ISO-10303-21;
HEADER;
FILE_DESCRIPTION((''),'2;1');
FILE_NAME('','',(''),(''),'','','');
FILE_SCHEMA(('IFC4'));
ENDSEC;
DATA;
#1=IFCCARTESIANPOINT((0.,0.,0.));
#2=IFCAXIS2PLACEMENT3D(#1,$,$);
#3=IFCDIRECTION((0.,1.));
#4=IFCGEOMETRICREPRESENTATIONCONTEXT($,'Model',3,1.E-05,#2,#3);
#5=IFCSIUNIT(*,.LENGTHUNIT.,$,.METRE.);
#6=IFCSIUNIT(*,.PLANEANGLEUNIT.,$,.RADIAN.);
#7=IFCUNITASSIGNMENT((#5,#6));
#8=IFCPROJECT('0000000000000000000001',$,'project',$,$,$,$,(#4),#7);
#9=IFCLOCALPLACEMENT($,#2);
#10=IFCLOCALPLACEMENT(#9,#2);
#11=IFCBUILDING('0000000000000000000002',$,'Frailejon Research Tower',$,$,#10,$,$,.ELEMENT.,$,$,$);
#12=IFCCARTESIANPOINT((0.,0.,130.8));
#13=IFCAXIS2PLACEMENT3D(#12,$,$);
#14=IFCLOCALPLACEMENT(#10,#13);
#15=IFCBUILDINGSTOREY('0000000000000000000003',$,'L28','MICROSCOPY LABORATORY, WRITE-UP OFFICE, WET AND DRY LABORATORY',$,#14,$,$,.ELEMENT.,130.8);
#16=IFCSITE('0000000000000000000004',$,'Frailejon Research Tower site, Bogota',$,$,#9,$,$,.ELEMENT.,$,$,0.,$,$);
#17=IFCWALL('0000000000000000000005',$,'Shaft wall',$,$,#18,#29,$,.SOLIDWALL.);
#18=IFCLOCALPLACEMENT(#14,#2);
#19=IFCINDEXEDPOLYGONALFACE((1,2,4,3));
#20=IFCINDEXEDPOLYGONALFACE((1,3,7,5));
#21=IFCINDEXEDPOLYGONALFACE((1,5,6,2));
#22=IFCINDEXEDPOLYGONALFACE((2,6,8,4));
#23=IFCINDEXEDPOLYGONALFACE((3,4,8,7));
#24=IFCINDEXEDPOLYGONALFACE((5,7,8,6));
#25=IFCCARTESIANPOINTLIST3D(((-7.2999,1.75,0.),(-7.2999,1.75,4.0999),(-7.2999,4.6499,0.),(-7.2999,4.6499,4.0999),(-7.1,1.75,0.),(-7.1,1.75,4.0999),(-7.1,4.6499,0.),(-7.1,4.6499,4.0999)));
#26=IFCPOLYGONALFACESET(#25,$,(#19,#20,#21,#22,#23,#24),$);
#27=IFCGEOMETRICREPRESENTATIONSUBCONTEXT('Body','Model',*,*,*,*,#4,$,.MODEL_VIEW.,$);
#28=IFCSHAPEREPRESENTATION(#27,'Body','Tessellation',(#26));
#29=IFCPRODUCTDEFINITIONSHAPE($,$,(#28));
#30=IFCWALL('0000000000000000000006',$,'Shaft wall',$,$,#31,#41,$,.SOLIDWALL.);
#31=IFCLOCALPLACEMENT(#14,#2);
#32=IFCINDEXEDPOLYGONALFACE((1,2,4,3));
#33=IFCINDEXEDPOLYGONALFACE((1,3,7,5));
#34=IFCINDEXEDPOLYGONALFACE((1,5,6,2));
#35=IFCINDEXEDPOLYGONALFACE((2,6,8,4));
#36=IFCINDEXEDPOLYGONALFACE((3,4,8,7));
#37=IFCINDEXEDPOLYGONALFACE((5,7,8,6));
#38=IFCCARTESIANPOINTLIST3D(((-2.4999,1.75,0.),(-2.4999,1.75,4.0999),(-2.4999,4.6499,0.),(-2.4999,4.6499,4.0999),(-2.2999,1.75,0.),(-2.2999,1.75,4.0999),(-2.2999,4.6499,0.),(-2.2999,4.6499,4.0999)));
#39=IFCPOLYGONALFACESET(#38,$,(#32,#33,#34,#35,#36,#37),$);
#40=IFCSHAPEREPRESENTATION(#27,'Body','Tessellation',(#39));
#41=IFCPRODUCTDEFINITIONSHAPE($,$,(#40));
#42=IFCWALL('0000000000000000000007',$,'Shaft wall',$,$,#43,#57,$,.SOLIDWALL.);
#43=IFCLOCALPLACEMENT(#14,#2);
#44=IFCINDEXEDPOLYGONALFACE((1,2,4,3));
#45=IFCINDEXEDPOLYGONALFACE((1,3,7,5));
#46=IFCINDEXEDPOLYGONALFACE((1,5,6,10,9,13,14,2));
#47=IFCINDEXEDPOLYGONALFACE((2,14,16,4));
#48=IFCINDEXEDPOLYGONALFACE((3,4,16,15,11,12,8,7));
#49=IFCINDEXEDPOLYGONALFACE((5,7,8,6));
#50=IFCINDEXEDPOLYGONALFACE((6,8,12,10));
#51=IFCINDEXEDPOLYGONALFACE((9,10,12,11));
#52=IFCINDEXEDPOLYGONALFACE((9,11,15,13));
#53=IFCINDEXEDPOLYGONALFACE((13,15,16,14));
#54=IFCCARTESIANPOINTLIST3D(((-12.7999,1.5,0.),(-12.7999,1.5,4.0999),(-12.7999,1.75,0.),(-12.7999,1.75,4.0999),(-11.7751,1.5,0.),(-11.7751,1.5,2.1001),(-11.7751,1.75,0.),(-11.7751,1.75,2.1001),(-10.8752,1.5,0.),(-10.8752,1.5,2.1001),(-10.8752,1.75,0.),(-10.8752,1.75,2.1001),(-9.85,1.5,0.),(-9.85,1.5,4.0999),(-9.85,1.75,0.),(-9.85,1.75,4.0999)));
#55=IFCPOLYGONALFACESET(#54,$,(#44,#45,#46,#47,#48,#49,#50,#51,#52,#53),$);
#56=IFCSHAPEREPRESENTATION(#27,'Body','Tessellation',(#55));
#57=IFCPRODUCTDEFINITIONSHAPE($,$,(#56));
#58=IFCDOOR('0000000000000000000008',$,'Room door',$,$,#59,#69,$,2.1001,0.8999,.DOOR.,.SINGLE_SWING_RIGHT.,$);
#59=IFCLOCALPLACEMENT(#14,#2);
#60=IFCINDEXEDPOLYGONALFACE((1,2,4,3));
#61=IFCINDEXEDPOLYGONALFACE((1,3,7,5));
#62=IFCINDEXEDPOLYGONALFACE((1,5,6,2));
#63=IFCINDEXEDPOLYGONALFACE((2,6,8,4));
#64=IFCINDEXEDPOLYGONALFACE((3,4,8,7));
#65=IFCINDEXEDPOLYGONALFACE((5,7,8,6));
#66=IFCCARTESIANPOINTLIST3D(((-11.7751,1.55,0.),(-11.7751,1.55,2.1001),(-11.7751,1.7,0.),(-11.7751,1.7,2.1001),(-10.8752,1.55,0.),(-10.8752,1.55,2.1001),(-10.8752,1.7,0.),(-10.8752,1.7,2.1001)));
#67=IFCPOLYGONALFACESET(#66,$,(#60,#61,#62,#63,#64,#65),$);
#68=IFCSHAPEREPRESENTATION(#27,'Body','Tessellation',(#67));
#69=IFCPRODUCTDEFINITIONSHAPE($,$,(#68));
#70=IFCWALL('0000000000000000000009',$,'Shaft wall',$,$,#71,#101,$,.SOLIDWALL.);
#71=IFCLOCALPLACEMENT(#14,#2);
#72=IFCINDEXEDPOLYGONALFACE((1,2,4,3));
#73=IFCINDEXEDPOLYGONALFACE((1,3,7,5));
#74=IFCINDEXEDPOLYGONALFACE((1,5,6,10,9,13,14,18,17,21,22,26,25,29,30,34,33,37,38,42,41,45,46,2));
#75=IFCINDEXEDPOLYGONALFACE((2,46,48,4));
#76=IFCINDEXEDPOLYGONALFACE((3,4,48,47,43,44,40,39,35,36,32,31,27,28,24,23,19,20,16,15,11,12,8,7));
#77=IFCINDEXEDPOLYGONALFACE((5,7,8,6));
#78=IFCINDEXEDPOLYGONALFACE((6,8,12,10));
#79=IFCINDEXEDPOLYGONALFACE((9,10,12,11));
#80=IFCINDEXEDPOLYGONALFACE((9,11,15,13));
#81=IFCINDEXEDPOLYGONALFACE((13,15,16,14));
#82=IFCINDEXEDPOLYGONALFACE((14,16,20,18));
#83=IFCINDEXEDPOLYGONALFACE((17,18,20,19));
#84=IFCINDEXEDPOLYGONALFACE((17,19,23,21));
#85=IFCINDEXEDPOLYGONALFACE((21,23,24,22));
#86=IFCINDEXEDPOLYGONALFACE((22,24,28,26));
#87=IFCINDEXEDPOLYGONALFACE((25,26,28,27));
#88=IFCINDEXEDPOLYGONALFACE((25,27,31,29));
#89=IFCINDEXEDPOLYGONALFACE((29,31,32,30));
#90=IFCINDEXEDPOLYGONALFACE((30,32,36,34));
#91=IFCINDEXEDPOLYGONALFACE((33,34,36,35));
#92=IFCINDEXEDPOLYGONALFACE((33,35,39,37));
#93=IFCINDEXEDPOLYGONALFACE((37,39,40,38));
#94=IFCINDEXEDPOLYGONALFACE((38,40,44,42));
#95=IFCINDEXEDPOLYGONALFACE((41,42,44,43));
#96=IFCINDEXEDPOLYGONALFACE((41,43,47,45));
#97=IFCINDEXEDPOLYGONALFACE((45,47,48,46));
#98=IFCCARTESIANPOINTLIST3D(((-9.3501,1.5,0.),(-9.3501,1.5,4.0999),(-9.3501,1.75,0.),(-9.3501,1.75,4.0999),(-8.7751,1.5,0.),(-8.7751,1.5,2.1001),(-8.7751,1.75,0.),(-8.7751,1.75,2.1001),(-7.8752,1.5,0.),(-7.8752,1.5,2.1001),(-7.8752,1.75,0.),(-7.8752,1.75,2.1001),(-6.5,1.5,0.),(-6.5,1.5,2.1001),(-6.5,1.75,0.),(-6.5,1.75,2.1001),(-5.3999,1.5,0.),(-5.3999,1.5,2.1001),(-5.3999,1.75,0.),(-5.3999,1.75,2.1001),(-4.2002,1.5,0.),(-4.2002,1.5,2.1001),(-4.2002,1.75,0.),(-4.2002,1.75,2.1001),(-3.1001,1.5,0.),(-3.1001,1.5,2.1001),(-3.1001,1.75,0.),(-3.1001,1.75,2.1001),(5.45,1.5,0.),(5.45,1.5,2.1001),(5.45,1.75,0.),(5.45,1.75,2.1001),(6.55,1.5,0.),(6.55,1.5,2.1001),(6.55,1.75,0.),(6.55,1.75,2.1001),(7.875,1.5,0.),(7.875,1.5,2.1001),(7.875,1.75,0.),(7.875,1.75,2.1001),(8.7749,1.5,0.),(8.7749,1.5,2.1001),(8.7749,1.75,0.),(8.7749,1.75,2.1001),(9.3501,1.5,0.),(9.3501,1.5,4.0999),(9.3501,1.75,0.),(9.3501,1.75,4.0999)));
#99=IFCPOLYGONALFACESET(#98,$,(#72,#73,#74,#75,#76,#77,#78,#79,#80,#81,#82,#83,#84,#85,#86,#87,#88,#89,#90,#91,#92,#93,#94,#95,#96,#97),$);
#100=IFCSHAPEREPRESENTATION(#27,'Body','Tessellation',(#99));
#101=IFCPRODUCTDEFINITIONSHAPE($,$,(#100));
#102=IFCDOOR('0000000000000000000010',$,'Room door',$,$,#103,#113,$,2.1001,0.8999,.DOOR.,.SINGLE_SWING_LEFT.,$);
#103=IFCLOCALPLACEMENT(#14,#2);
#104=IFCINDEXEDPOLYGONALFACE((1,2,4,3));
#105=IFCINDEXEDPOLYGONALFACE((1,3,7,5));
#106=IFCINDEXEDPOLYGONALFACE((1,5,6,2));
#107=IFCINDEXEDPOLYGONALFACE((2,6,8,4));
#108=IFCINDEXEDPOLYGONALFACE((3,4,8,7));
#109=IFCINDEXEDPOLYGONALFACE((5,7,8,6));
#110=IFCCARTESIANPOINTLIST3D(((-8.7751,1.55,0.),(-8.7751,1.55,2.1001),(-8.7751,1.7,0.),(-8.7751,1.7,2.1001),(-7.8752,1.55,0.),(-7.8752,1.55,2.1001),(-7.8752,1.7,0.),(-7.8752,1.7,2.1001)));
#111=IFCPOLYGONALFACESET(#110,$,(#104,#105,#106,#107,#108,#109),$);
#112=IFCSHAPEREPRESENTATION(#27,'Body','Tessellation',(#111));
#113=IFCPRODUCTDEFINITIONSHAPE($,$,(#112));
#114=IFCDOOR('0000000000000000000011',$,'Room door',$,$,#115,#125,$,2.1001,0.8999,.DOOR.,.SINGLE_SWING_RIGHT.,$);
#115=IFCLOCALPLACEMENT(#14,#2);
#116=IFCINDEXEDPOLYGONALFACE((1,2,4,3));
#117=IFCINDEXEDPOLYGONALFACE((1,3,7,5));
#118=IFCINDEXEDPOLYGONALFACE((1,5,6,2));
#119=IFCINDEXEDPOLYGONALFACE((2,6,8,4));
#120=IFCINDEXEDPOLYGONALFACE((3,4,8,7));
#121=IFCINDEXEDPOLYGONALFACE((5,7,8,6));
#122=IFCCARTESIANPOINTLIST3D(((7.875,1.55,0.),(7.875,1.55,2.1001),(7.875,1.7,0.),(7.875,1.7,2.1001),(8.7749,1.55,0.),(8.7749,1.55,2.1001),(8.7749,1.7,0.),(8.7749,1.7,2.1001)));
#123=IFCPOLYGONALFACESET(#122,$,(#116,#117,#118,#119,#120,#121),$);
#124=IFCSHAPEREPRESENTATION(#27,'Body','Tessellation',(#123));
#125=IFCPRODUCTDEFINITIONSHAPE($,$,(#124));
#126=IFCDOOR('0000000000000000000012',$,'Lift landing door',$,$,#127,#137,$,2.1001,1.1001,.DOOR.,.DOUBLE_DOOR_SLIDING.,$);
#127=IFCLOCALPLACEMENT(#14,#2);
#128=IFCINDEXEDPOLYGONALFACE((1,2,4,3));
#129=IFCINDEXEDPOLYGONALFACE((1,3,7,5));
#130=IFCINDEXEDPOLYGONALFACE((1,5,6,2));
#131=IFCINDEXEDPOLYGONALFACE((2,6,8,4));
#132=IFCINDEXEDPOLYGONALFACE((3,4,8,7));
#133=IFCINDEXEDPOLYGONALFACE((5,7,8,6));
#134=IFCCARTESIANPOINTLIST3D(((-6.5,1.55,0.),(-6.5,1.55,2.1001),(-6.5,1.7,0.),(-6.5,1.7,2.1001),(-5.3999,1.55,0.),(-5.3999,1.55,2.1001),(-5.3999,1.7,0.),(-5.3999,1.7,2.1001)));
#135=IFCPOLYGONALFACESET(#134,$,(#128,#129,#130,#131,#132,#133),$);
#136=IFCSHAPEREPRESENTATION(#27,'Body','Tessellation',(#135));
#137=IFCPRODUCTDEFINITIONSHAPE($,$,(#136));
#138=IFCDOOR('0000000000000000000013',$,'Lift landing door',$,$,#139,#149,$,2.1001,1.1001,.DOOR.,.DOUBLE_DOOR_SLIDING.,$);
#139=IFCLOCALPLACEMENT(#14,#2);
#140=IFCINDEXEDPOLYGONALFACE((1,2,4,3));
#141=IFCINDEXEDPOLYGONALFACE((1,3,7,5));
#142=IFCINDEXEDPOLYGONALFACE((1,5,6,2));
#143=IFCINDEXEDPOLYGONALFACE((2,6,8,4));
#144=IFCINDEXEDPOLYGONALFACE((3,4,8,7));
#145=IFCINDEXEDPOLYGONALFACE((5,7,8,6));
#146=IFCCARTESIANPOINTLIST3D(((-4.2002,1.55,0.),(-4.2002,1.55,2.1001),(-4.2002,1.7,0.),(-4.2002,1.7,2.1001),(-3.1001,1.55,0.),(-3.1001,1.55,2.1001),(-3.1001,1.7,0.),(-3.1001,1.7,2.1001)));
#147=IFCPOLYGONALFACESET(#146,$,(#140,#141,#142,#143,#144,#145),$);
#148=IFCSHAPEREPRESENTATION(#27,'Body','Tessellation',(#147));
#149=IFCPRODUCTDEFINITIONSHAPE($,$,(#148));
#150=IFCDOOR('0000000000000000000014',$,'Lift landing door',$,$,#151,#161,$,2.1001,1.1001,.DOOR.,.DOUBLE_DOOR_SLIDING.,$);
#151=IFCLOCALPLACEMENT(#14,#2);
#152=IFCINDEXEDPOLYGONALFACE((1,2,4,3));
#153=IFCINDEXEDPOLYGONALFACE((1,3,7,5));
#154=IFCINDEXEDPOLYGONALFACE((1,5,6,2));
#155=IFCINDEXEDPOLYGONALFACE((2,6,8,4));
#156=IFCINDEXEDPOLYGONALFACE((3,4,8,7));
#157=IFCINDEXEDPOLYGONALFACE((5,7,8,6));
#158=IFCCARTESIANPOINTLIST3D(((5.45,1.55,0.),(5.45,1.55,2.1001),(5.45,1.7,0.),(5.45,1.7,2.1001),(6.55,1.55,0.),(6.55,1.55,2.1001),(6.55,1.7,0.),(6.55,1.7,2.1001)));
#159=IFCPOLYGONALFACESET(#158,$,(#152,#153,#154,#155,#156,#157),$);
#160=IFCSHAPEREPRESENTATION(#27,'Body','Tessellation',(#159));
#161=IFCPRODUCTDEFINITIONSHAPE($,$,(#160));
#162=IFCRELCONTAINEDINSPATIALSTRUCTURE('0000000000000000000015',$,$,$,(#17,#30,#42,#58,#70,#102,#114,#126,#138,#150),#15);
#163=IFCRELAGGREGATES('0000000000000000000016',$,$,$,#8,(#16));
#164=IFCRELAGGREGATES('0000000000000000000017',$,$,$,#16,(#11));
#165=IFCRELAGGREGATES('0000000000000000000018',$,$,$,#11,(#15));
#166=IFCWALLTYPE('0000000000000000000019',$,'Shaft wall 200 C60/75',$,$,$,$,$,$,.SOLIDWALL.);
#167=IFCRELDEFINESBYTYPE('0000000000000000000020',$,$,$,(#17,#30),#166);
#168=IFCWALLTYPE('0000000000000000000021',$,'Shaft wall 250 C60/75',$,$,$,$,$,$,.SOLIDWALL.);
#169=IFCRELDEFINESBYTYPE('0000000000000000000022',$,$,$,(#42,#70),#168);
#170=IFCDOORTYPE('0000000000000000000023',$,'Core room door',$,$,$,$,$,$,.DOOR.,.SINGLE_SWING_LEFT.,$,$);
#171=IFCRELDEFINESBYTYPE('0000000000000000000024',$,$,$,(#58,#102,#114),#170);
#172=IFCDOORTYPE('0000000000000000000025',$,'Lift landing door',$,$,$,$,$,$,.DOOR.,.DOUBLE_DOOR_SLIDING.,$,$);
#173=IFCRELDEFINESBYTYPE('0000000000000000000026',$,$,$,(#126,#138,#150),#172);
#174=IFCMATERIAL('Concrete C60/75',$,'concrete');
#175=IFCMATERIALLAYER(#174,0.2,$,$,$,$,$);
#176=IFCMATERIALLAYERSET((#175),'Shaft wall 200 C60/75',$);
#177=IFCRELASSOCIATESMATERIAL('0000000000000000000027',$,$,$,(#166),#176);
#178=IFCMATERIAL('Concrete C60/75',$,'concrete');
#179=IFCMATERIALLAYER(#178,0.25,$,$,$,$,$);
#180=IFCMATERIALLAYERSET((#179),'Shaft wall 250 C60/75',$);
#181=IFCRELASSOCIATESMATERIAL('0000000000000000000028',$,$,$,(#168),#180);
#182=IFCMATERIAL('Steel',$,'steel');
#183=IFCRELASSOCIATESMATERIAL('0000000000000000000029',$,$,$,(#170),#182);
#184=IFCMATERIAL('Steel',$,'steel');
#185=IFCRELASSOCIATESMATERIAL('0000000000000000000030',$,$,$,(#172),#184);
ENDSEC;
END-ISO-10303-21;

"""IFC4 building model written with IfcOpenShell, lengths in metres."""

from ifc_helpers import new_model, si_unit, direction, frame, frame_2d, origin, place, context, subcontext, project, spatial, rectangle, extrude, material, layer, layer_set, type_object, element, fill, save


model = new_model("IFC4")

# Units and contexts
model_context = context("Model", 3, precision=1e-05, world=origin(), true_north=direction((0.0, 1.0)))
body_context = subcontext(model_context, "Body", "Model", "MODEL_VIEW")
ifc_project = project(units=[si_unit("LENGTHUNIT", "METRE"), si_unit("PLANEANGLEUNIT", "RADIAN")], contexts=[model_context])

# Site, building, storey
site_placement = place(None, origin())
site = spatial("IfcSite", under=ifc_project, at=site_placement, Name="Frailejon Research Tower site, Bogota", CompositionType="ELEMENT", RefElevation=0.0)
building_placement = place(site_placement, origin())
building = spatial("IfcBuilding", under=site, at=building_placement, Name="Frailejon Research Tower", CompositionType="ELEMENT")
storey_placement = place(building_placement, frame((0.0, 0.0, 130.8)))
storey = spatial("IfcBuildingStorey", under=building, at=storey_placement, Name="L28", Description="MICROSCOPY LABORATORY, WRITE-UP OFFICE, WET AND DRY LABORATORY", CompositionType="ELEMENT", Elevation=130.8)

# Walls
ifc_material_1 = material(Name="Concrete C60/75", Category="concrete")
ifc_layer_1 = layer(ifc_material_1, 0.2)
ifc_layer_set_1 = layer_set([ifc_layer_1], Name="Shaft wall 200 C60/75")
wall_type_1 = type_object("IfcWallType", Name="Shaft wall 200 C60/75", PredefinedType="SOLIDWALL", material=ifc_layer_set_1)
for number, where, z_axis, x_axis, name in (
    (1, (-7.2, 1.75, 0.0), (0.0, 0.0, 1.0), (0.0, 1.0, 0.0), "Shaft wall"),
    (2, (-2.3999, 1.75, 0.0), (0.0, 0.0, 1.0), (0.0, 1.0, 0.0), "Shaft wall"),
):
    element("IfcWall", number, at=place(storey_placement, frame(where, z_axis=z_axis, x_axis=x_axis)), inside=storey, type_object=wall_type_1, Name=name, PredefinedType="SOLIDWALL", context=body_context, shape_type="SweptSolid", body=[
        extrude(rectangle(XDim=2.8999, YDim=0.2, at=frame_2d((1.45, 0.0))), origin(), (0.0, 0.0, 1.0), 4.0999),
    ])

# Wall, opening, door
ifc_material_2 = material(Name="Concrete C60/75", Category="concrete")
ifc_layer_2 = layer(ifc_material_2, 0.25)
ifc_layer_set_2 = layer_set([ifc_layer_2], Name="Shaft wall 250 C60/75")
wall_type_2 = type_object("IfcWallType", Name="Shaft wall 250 C60/75", PredefinedType="SOLIDWALL", material=ifc_layer_set_2)
wall_1_placement = place(storey_placement, frame((-12.8, 1.625, 0.0), z_axis=(0.0, 0.0, 1.0), x_axis=(1.0, 0.0, 0.0)))
wall_1 = element("IfcWall", 3, at=wall_1_placement, inside=storey, type_object=wall_type_2, Name="Shaft wall", PredefinedType="SOLIDWALL", context=body_context, shape_type="SweptSolid", body=[
    extrude(rectangle(XDim=2.95, YDim=0.25, at=frame_2d((1.4751, 0.0))), origin(), (0.0, 0.0, 1.0), 4.0999),
])
opening_1_placement = place(wall_1_placement, frame((1.0249, 0.0, 0.0)))
opening_1 = element("IfcOpeningElement", 4, at=opening_1_placement, cuts=wall_1, PredefinedType="OPENING", context=body_context, shape_type="SweptSolid", body=[
    extrude(rectangle(XDim=0.8999, YDim=2.1001, at=frame_2d((0.45, 1.05))), frame((0.0, 0.135, 0.0), z_axis=(0.0, -1.0, 0.0), x_axis=(1.0, 0.0, 0.0)), (0.0, 0.0, 1.0), 0.27),
])
ifc_material_3 = material(Name="Steel", Category="steel")
door_type_1 = type_object("IfcDoorType", Name="Core room door", OperationType="SINGLE_SWING_LEFT", PredefinedType="DOOR", material=ifc_material_3)
door_1_placement = place(opening_1_placement, origin())
door_1 = element("IfcDoor", 5, at=door_1_placement, inside=storey, type_object=door_type_1, Name="Room door", OperationType="SINGLE_SWING_RIGHT", OverallHeight=2.1001, OverallWidth=0.8999, PredefinedType="DOOR", context=body_context, shape_type="SweptSolid", body=[
    extrude(rectangle(XDim=0.8999, YDim=2.1001, at=frame_2d((0.45, 1.05))), frame((0.0, 0.075, 0.0), z_axis=(0.0, -1.0, 0.0), x_axis=(1.0, 0.0, 0.0)), (0.0, 0.0, 1.0), 0.1499),
])
fill(opening_1, door_1)

# Wall, openings, doors
wall_2_placement = place(storey_placement, frame((-9.3501, 1.625, 0.0), z_axis=(0.0, 0.0, 1.0), x_axis=(1.0, 0.0, 0.0)))
wall_2 = element("IfcWall", 6, at=wall_2_placement, inside=storey, type_object=wall_type_2, Name="Shaft wall", PredefinedType="SOLIDWALL", context=body_context, shape_type="SweptSolid", body=[
    extrude(rectangle(XDim=18.7002, YDim=0.25, at=frame_2d((9.3501, 0.0))), origin(), (0.0, 0.0, 1.0), 4.0999),
])
opening_2_placement = place(wall_2_placement, frame((2.8501, 0.0, 0.0)))
opening_2 = element("IfcOpeningElement", 7, at=opening_2_placement, cuts=wall_2, PredefinedType="OPENING", context=body_context, shape_type="SweptSolid", body=[
    extrude(rectangle(XDim=1.1001, YDim=2.1001, at=frame_2d((0.55, 1.05))), frame((0.0, 0.135, 0.0), z_axis=(0.0, -1.0, 0.0), x_axis=(1.0, 0.0, 0.0)), (0.0, 0.0, 1.0), 0.27),
])
opening_3_placement = place(wall_2_placement, frame((5.1499, 0.0, 0.0)))
opening_3 = element("IfcOpeningElement", 8, at=opening_3_placement, cuts=wall_2, PredefinedType="OPENING", context=body_context, shape_type="SweptSolid", body=[
    extrude(rectangle(XDim=1.1001, YDim=2.1001, at=frame_2d((0.55, 1.05))), frame((0.0, 0.135, 0.0), z_axis=(0.0, -1.0, 0.0), x_axis=(1.0, 0.0, 0.0)), (0.0, 0.0, 1.0), 0.27),
])
opening_4_placement = place(wall_2_placement, frame((14.8, 0.0, 0.0)))
opening_4 = element("IfcOpeningElement", 9, at=opening_4_placement, cuts=wall_2, PredefinedType="OPENING", context=body_context, shape_type="SweptSolid", body=[
    extrude(rectangle(XDim=1.1001, YDim=2.1001, at=frame_2d((0.55, 1.05))), frame((0.0, 0.135, 0.0), z_axis=(0.0, -1.0, 0.0), x_axis=(1.0, 0.0, 0.0)), (0.0, 0.0, 1.0), 0.27),
])
opening_5_placement = place(wall_2_placement, frame((0.575, 0.0, 0.0)))
opening_5 = element("IfcOpeningElement", 10, at=opening_5_placement, cuts=wall_2, PredefinedType="OPENING", context=body_context, shape_type="SweptSolid", body=[
    extrude(rectangle(XDim=0.8999, YDim=2.1001, at=frame_2d((0.45, 1.05))), frame((0.0, 0.135, 0.0), z_axis=(0.0, -1.0, 0.0), x_axis=(1.0, 0.0, 0.0)), (0.0, 0.0, 1.0), 0.27),
])
opening_6_placement = place(wall_2_placement, frame((17.2251, 0.0, 0.0)))
opening_6 = element("IfcOpeningElement", 11, at=opening_6_placement, cuts=wall_2, PredefinedType="OPENING", context=body_context, shape_type="SweptSolid", body=[
    extrude(rectangle(XDim=0.8999, YDim=2.1001, at=frame_2d((0.45, 1.05))), frame((0.0, 0.135, 0.0), z_axis=(0.0, -1.0, 0.0), x_axis=(1.0, 0.0, 0.0)), (0.0, 0.0, 1.0), 0.27),
])
door_2_placement = place(opening_5_placement, origin())
door_2 = element("IfcDoor", 12, at=door_2_placement, inside=storey, type_object=door_type_1, Name="Room door", OperationType="SINGLE_SWING_LEFT", OverallHeight=2.1001, OverallWidth=0.8999, PredefinedType="DOOR", context=body_context, shape_type="SweptSolid", body=[
    extrude(rectangle(XDim=0.8999, YDim=2.1001, at=frame_2d((0.45, 1.05))), frame((0.0, 0.075, 0.0), z_axis=(0.0, -1.0, 0.0), x_axis=(1.0, 0.0, 0.0)), (0.0, 0.0, 1.0), 0.1499),
])
fill(opening_5, door_2)
door_3_placement = place(opening_6_placement, origin())
door_3 = element("IfcDoor", 13, at=door_3_placement, inside=storey, type_object=door_type_1, Name="Room door", OperationType="SINGLE_SWING_RIGHT", OverallHeight=2.1001, OverallWidth=0.8999, PredefinedType="DOOR", context=body_context, shape_type="SweptSolid", body=[
    extrude(rectangle(XDim=0.8999, YDim=2.1001, at=frame_2d((0.45, 1.05))), frame((0.0, 0.075, 0.0), z_axis=(0.0, -1.0, 0.0), x_axis=(1.0, 0.0, 0.0)), (0.0, 0.0, 1.0), 0.1499),
])
fill(opening_6, door_3)
ifc_material_4 = material(Name="Steel", Category="steel")
door_type_2 = type_object("IfcDoorType", Name="Lift landing door", OperationType="DOUBLE_DOOR_SLIDING", PredefinedType="DOOR", material=ifc_material_4)
door_4_placement = place(opening_2_placement, origin())
door_4 = element("IfcDoor", 14, at=door_4_placement, inside=storey, type_object=door_type_2, Name="Lift landing door", OperationType="DOUBLE_DOOR_SLIDING", OverallHeight=2.1001, OverallWidth=1.1001, PredefinedType="DOOR", context=body_context, shape_type="SweptSolid", body=[
    extrude(rectangle(XDim=1.1001, YDim=2.1001, at=frame_2d((0.55, 1.05))), frame((0.0, 0.075, 0.0), z_axis=(0.0, -1.0, 0.0), x_axis=(1.0, 0.0, 0.0)), (0.0, 0.0, 1.0), 0.1499),
])
fill(opening_2, door_4)
door_5_placement = place(opening_3_placement, origin())
door_5 = element("IfcDoor", 15, at=door_5_placement, inside=storey, type_object=door_type_2, Name="Lift landing door", OperationType="DOUBLE_DOOR_SLIDING", OverallHeight=2.1001, OverallWidth=1.1001, PredefinedType="DOOR", context=body_context, shape_type="SweptSolid", body=[
    extrude(rectangle(XDim=1.1001, YDim=2.1001, at=frame_2d((0.55, 1.05))), frame((0.0, 0.075, 0.0), z_axis=(0.0, -1.0, 0.0), x_axis=(1.0, 0.0, 0.0)), (0.0, 0.0, 1.0), 0.1499),
])
fill(opening_3, door_5)
door_6_placement = place(opening_4_placement, origin())
door_6 = element("IfcDoor", 16, at=door_6_placement, inside=storey, type_object=door_type_2, Name="Lift landing door", OperationType="DOUBLE_DOOR_SLIDING", OverallHeight=2.1001, OverallWidth=1.1001, PredefinedType="DOOR", context=body_context, shape_type="SweptSolid", body=[
    extrude(rectangle(XDim=1.1001, YDim=2.1001, at=frame_2d((0.55, 1.05))), frame((0.0, 0.075, 0.0), z_axis=(0.0, -1.0, 0.0), x_axis=(1.0, 0.0, 0.0)), (0.0, 0.0, 1.0), 0.1499),
])
fill(opening_4, door_6)

save(model, "model.ifc")
